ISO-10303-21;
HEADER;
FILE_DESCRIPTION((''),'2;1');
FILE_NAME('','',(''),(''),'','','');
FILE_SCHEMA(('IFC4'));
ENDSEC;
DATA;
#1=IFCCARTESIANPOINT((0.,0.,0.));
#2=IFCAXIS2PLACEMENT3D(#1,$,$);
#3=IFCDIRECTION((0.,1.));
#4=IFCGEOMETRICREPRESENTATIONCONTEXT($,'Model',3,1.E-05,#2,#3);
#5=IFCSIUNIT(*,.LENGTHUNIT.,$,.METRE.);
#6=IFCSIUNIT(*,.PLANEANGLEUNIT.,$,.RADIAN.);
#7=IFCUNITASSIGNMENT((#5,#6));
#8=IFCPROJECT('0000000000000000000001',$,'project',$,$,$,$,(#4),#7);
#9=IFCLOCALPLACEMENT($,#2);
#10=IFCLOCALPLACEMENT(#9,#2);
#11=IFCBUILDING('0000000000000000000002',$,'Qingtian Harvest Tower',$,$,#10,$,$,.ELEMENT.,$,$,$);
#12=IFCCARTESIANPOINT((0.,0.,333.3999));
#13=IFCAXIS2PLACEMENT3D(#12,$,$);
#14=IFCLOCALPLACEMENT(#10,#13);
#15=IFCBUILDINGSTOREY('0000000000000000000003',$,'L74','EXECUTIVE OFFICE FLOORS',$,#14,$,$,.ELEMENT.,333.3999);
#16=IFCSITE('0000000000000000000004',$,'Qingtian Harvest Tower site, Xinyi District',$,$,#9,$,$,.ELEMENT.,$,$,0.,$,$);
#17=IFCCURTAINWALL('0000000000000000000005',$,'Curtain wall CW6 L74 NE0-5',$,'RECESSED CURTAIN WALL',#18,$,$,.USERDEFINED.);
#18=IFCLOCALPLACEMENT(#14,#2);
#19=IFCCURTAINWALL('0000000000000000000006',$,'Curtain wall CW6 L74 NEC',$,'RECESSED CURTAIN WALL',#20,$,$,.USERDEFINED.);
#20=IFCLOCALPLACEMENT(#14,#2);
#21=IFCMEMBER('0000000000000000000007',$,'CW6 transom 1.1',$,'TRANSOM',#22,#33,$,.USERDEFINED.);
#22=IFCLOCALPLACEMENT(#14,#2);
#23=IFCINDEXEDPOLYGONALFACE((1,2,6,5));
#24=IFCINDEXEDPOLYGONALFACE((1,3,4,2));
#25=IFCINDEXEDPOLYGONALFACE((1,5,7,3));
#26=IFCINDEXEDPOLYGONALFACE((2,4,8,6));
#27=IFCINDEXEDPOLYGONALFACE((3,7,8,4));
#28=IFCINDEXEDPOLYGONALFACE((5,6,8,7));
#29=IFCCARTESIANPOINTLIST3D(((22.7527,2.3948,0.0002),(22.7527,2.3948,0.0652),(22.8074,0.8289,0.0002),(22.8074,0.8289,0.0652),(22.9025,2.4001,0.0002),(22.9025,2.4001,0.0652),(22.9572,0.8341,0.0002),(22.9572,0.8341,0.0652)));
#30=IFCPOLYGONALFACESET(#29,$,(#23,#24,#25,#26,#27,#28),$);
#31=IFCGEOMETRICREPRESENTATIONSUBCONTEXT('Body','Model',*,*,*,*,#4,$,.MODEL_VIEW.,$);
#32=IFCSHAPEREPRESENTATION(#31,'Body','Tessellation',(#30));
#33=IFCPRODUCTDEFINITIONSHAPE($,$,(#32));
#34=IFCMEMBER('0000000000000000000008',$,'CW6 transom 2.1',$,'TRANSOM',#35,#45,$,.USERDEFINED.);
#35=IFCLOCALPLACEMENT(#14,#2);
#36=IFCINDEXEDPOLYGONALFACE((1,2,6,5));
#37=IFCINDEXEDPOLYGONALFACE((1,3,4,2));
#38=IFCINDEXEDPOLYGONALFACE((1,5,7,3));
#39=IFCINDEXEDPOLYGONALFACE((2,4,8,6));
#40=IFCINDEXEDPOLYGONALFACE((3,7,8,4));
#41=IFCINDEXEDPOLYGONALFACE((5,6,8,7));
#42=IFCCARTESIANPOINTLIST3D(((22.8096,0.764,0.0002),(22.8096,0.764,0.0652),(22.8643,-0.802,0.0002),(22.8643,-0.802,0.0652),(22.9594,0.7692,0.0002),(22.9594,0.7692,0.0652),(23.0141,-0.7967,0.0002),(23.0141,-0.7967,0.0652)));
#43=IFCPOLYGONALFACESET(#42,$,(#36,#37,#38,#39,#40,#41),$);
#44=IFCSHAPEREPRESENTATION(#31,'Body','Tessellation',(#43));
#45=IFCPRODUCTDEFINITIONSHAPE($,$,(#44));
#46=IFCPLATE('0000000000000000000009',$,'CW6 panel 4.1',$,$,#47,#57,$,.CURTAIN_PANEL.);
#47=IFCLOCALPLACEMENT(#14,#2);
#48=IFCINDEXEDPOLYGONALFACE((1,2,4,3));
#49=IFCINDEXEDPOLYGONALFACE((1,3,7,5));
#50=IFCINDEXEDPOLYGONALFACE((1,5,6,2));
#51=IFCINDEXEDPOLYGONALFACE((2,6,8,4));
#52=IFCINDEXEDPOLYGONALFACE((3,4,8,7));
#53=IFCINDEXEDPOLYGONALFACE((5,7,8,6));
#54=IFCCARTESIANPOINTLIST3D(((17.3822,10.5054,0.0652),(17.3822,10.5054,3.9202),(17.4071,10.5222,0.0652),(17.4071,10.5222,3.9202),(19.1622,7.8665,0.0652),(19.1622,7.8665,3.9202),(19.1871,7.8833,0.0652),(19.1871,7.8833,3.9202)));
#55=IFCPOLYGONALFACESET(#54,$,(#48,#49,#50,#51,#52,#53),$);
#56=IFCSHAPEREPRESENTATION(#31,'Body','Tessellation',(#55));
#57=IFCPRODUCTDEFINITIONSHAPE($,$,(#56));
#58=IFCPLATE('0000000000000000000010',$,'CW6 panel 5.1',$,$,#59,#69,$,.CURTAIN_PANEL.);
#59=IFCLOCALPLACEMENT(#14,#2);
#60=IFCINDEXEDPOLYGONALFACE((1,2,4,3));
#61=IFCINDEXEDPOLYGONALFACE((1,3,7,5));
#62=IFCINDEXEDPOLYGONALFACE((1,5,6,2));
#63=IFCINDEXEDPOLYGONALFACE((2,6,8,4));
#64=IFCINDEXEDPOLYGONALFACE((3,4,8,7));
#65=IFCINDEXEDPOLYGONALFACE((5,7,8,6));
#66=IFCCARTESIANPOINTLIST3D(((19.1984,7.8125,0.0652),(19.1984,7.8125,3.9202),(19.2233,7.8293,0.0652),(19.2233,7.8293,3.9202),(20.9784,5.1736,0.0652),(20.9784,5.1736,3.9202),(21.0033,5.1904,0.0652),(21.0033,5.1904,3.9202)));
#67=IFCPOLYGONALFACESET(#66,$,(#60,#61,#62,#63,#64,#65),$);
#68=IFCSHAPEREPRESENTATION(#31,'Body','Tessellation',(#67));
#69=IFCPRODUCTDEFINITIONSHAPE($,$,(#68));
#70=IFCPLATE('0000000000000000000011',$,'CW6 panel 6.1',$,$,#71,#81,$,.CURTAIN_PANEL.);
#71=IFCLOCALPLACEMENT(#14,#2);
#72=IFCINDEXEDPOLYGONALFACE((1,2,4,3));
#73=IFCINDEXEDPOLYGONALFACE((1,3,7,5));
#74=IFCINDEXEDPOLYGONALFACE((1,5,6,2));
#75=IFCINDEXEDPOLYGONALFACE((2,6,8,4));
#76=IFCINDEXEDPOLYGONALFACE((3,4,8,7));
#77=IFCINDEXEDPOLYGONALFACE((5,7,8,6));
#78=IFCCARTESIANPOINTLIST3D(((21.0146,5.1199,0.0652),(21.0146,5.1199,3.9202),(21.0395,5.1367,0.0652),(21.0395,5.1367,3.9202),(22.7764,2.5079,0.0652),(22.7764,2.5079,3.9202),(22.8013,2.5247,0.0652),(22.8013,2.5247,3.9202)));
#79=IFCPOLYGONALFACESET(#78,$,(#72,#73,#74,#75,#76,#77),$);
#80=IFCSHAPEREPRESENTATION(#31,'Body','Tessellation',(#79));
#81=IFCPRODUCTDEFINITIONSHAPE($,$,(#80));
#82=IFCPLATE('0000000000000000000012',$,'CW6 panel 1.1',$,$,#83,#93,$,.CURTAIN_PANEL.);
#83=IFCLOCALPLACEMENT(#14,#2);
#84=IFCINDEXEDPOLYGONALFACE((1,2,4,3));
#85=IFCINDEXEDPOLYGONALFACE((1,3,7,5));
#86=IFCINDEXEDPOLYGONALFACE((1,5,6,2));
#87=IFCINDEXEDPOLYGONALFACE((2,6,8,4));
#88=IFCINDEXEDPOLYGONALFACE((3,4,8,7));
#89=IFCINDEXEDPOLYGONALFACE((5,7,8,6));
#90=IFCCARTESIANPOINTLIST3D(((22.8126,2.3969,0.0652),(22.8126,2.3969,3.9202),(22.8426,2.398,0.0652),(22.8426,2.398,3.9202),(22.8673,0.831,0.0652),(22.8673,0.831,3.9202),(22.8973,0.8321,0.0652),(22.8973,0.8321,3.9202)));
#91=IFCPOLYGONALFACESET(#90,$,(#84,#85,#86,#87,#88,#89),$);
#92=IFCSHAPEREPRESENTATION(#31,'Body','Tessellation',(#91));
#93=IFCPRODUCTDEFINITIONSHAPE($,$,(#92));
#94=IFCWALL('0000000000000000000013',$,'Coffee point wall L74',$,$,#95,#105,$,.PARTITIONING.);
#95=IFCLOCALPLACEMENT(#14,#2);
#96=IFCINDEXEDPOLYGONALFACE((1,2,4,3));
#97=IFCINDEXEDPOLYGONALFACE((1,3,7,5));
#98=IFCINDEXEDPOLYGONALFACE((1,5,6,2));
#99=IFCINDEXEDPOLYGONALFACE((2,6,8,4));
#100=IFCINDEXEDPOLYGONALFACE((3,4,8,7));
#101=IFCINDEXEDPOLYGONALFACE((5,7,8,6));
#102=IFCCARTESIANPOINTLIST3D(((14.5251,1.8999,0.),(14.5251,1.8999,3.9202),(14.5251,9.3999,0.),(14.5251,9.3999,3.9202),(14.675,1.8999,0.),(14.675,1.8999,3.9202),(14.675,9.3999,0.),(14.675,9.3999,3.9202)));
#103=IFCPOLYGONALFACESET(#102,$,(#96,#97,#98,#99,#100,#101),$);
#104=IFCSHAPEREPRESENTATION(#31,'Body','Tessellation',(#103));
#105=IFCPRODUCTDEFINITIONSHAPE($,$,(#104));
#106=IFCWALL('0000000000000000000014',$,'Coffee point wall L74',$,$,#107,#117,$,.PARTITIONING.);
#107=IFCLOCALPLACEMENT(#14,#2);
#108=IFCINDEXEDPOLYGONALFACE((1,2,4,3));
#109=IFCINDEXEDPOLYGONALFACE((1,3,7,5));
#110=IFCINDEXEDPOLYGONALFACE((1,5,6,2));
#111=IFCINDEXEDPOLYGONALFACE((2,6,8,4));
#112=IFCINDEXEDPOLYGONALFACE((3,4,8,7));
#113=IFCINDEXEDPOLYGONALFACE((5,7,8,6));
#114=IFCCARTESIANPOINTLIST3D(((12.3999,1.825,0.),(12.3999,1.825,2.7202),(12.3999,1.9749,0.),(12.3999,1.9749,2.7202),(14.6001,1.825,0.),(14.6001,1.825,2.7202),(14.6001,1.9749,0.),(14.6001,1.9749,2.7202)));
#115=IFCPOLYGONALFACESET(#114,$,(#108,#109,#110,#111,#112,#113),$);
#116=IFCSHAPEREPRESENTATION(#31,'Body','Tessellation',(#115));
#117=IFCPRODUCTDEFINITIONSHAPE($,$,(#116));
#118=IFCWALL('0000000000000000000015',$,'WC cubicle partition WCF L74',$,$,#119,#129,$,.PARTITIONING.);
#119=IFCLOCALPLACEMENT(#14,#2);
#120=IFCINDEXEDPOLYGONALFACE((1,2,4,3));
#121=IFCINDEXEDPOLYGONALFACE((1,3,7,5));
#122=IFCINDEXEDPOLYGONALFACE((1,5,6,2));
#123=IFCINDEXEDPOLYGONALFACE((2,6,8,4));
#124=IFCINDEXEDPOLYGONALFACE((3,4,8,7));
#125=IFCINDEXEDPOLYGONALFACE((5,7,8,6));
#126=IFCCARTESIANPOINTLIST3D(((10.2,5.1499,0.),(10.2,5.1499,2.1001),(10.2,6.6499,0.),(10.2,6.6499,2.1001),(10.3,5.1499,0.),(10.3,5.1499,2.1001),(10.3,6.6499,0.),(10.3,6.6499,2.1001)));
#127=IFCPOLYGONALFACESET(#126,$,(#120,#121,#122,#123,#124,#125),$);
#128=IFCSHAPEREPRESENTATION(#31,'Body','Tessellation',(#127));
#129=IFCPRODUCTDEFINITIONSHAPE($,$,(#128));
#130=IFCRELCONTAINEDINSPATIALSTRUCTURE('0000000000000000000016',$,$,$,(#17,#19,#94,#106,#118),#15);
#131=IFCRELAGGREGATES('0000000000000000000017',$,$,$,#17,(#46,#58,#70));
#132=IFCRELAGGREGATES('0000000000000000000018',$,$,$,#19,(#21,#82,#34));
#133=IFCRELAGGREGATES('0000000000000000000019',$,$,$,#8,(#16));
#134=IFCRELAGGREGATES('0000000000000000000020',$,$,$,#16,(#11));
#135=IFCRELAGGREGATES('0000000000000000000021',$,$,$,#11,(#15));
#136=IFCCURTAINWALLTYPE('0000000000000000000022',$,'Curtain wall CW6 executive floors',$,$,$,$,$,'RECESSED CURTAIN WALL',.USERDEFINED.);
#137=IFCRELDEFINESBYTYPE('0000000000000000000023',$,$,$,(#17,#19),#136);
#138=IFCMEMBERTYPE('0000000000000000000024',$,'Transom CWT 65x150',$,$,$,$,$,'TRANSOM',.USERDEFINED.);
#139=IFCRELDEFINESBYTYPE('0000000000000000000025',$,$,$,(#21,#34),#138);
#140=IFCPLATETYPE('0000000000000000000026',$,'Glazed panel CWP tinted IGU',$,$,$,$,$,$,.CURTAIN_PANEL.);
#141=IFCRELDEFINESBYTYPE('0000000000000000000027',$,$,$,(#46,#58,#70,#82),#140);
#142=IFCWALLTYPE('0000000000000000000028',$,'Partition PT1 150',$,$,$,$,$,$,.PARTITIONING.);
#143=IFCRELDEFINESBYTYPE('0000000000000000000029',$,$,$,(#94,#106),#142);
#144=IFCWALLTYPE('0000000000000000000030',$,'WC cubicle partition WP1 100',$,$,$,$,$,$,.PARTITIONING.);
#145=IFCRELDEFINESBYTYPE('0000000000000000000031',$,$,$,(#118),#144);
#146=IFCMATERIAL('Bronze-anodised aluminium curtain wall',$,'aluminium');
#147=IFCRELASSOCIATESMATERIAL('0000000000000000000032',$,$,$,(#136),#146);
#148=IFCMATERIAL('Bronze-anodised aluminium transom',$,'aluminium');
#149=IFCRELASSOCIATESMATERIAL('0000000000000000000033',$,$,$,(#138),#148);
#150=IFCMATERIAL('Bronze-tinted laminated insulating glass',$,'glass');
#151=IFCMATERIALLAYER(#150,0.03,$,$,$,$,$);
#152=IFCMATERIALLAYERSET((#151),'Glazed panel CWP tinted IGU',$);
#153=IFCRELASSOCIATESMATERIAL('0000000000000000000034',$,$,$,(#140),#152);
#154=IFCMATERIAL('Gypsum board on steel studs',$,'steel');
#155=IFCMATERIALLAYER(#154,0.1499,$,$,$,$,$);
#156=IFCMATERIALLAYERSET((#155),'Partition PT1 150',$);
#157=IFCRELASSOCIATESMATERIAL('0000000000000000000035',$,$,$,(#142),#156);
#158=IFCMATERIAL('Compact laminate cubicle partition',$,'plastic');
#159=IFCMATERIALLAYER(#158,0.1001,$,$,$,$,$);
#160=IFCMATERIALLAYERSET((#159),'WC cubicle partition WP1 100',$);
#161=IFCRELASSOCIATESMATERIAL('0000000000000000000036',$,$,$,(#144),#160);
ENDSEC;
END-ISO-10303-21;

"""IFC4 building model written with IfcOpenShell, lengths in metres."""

from ifc_helpers import new_model, si_unit, direction, frame, frame_2d, origin, origin_2d, place, context, subcontext, project, spatial, rectangle, extrude, material, layer, layer_set, material_profile, profile_set, type_object, element, aggregate, save


model = new_model("IFC4")

# Units and contexts
model_context = context("Model", 3, precision=1e-05, world=origin(), true_north=direction((0.0, 1.0)))
body_context = subcontext(model_context, "Body", "Model", "MODEL_VIEW")
ifc_project = project(units=[si_unit("LENGTHUNIT", "METRE"), si_unit("PLANEANGLEUNIT", "RADIAN")], contexts=[model_context])

# Site, building, storey
site_placement = place(None, origin())
site = spatial("IfcSite", under=ifc_project, at=site_placement, Name="Qingtian Harvest Tower site, Xinyi District", CompositionType="ELEMENT", RefElevation=0.0)
building_placement = place(site_placement, origin())
building = spatial("IfcBuilding", under=site, at=building_placement, Name="Qingtian Harvest Tower", CompositionType="ELEMENT")
storey_placement = place(building_placement, frame((0.0, 0.0, 333.3999)))
storey = spatial("IfcBuildingStorey", under=building, at=storey_placement, Name="L74", Description="EXECUTIVE OFFICE FLOORS", CompositionType="ELEMENT", Elevation=333.3999)

# Curtain walls
ifc_material_1 = material(Name="Bronze-anodised aluminium curtain wall", Category="aluminium")
curtain_wall_type = type_object("IfcCurtainWallType", Name="Curtain wall CW6 executive floors", ElementType="RECESSED CURTAIN WALL", PredefinedType="USERDEFINED", material=ifc_material_1)
curtain_wall_1_placement = place(storey_placement, origin())
curtain_wall_1 = element("IfcCurtainWall", 1, at=curtain_wall_1_placement, inside=storey, type_object=curtain_wall_type, Name="Curtain wall CW6 L74 NE0-5", ObjectType="RECESSED CURTAIN WALL", PredefinedType="USERDEFINED")
curtain_wall_2_placement = place(storey_placement, origin())
curtain_wall_2 = element("IfcCurtainWall", 2, at=curtain_wall_2_placement, inside=storey, type_object=curtain_wall_type, Name="Curtain wall CW6 L74 NEC", ObjectType="RECESSED CURTAIN WALL", PredefinedType="USERDEFINED")

# Members
ifc_material_2 = material(Name="Bronze-anodised aluminium transom", Category="aluminium")
ifc_material_profile_1 = material_profile(ifc_material_2, rectangle(XDim=0.1499, YDim=0.0649, at=origin_2d()), Name="AL 65x150")
ifc_profile_set_1 = profile_set([ifc_material_profile_1], Name="Bronze-anodised aluminium transom")
member_type_1 = type_object("IfcMemberType", Name="Transom CWT 65x150", ElementType="TRANSOM", PredefinedType="USERDEFINED", material=ifc_profile_set_1)
member_1_placement = place(storey_placement, frame((22.8276, 2.3975, 0.0327), z_axis=(0.034902, -0.999391, 0.0), x_axis=(0.999391, 0.034902, 0.0)))
member_1 = element("IfcMember", 3, at=member_1_placement, type_object=member_type_1, Name="CW6 transom 1.1", ObjectType="TRANSOM", PredefinedType="USERDEFINED", context=body_context, shape_type="SweptSolid", body=[
    extrude(rectangle(XDim=0.1499, YDim=0.0649, at=origin_2d()), origin(), (0.0, 0.0, 1.0), 1.5669),
])
member_2_placement = place(storey_placement, frame((22.8845, 0.7666, 0.0327), z_axis=(0.034902, -0.999391, 0.0), x_axis=(0.999391, 0.034902, 0.0)))
member_2 = element("IfcMember", 4, at=member_2_placement, type_object=member_type_1, Name="CW6 transom 2.1", ObjectType="TRANSOM", PredefinedType="USERDEFINED", context=body_context, shape_type="SweptSolid", body=[
    extrude(rectangle(XDim=0.1499, YDim=0.0649, at=origin_2d()), origin(), (0.0, 0.0, 1.0), 1.5669),
])

# Plates
ifc_material_3 = material(Name="Bronze-tinted laminated insulating glass", Category="glass")
ifc_layer_1 = layer(ifc_material_3, 0.03)
ifc_layer_set_1 = layer_set([ifc_layer_1], Name="Glazed panel CWP tinted IGU")
plate_type = type_object("IfcPlateType", Name="Glazed panel CWP tinted IGU", PredefinedType="CURTAIN_PANEL", material=ifc_layer_set_1)
plate_1_placement = place(storey_placement, frame((18.2847, 9.1943, 0.0652), z_axis=(0.0, 0.0, 1.0), x_axis=(0.559193, -0.829038, 0.0)))
plate_1 = element("IfcPlate", 5, at=plate_1_placement, type_object=plate_type, Name="CW6 panel 4.1", PredefinedType="CURTAIN_PANEL", context=body_context, shape_type="SweptSolid", body=[
    extrude(rectangle(XDim=3.1831, YDim=0.03, at=origin_2d()), origin(), (0.0, 0.0, 1.0), 3.855),
])
plate_2_placement = place(storey_placement, frame((20.1008, 6.5015, 0.0652), z_axis=(0.0, 0.0, 1.0), x_axis=(0.559193, -0.829038, 0.0)))
plate_2 = element("IfcPlate", 6, at=plate_2_placement, type_object=plate_type, Name="CW6 panel 5.1", PredefinedType="CURTAIN_PANEL", context=body_context, shape_type="SweptSolid", body=[
    extrude(rectangle(XDim=3.1831, YDim=0.03, at=origin_2d()), origin(), (0.0, 0.0, 1.0), 3.855),
])
plate_3_placement = place(storey_placement, frame((21.908, 3.8223, 0.0652), z_axis=(0.0, 0.0, 1.0), x_axis=(0.559193, -0.829038, 0.0)))
plate_3 = element("IfcPlate", 7, at=plate_3_placement, type_object=plate_type, Name="CW6 panel 6.1", PredefinedType="CURTAIN_PANEL", context=body_context, shape_type="SweptSolid", body=[
    extrude(rectangle(XDim=3.1506, YDim=0.03, at=origin_2d()), origin(), (0.0, 0.0, 1.0), 3.855),
])
aggregate(curtain_wall_1, [plate_1, plate_2, plate_3])
plate_4_placement = place(storey_placement, frame((22.855, 1.6145, 0.0652), z_axis=(0.0, 0.0, 1.0), x_axis=(0.034899, -0.999391, 0.0)))
plate_4 = element("IfcPlate", 8, at=plate_4_placement, type_object=plate_type, Name="CW6 panel 1.1", PredefinedType="CURTAIN_PANEL", context=body_context, shape_type="SweptSolid", body=[
    extrude(rectangle(XDim=1.5669, YDim=0.03, at=origin_2d()), origin(), (0.0, 0.0, 1.0), 3.855),
])
aggregate(curtain_wall_2, [member_1, plate_4, member_2])

# Walls
ifc_material_4 = material(Name="Gypsum board on steel studs", Category="steel")
ifc_layer_2 = layer(ifc_material_4, 0.1499)
ifc_layer_set_2 = layer_set([ifc_layer_2], Name="Partition PT1 150")
wall_type_1 = type_object("IfcWallType", Name="Partition PT1 150", PredefinedType="PARTITIONING", material=ifc_layer_set_2)
wall_1_placement = place(storey_placement, frame((14.6001, 1.8999, 0.0), z_axis=(0.0, 0.0, 1.0), x_axis=(0.0, 1.0, 0.0)))
element("IfcWall", 9, at=wall_1_placement, inside=storey, type_object=wall_type_1, Name="Coffee point wall L74", PredefinedType="PARTITIONING", context=body_context, shape_type="SweptSolid", body=[
    extrude(rectangle(XDim=7.5, YDim=0.1499, at=frame_2d((3.75, 0.0))), origin(), (0.0, 0.0, 1.0), 3.9202),
])
wall_2_placement = place(storey_placement, frame((12.3999, 1.8999, 0.0), z_axis=(0.0, 0.0, 1.0), x_axis=(1.0, 0.0, 0.0)))
element("IfcWall", 10, at=wall_2_placement, inside=storey, type_object=wall_type_1, Name="Coffee point wall L74", PredefinedType="PARTITIONING", context=body_context, shape_type="SweptSolid", body=[
    extrude(rectangle(XDim=2.2002, YDim=0.1499, at=frame_2d((1.1001, 0.0))), origin(), (0.0, 0.0, 1.0), 2.7202),
])
ifc_material_5 = material(Name="Compact laminate cubicle partition", Category="plastic")
ifc_layer_3 = layer(ifc_material_5, 0.1001)
ifc_layer_set_3 = layer_set([ifc_layer_3], Name="WC cubicle partition WP1 100")
wall_type_2 = type_object("IfcWallType", Name="WC cubicle partition WP1 100", PredefinedType="PARTITIONING", material=ifc_layer_set_3)
wall_3_placement = place(storey_placement, frame((10.25, 5.1499, 0.0), z_axis=(0.0, 0.0, 1.0), x_axis=(0.0, 1.0, 0.0)))
element("IfcWall", 11, at=wall_3_placement, inside=storey, type_object=wall_type_2, Name="WC cubicle partition WCF L74", PredefinedType="PARTITIONING", context=body_context, shape_type="SweptSolid", body=[
    extrude(rectangle(XDim=1.5, YDim=0.1001, at=frame_2d((0.75, 0.0))), origin(), (0.0, 0.0, 1.0), 2.1001),
])

save(model, "model.ifc")
